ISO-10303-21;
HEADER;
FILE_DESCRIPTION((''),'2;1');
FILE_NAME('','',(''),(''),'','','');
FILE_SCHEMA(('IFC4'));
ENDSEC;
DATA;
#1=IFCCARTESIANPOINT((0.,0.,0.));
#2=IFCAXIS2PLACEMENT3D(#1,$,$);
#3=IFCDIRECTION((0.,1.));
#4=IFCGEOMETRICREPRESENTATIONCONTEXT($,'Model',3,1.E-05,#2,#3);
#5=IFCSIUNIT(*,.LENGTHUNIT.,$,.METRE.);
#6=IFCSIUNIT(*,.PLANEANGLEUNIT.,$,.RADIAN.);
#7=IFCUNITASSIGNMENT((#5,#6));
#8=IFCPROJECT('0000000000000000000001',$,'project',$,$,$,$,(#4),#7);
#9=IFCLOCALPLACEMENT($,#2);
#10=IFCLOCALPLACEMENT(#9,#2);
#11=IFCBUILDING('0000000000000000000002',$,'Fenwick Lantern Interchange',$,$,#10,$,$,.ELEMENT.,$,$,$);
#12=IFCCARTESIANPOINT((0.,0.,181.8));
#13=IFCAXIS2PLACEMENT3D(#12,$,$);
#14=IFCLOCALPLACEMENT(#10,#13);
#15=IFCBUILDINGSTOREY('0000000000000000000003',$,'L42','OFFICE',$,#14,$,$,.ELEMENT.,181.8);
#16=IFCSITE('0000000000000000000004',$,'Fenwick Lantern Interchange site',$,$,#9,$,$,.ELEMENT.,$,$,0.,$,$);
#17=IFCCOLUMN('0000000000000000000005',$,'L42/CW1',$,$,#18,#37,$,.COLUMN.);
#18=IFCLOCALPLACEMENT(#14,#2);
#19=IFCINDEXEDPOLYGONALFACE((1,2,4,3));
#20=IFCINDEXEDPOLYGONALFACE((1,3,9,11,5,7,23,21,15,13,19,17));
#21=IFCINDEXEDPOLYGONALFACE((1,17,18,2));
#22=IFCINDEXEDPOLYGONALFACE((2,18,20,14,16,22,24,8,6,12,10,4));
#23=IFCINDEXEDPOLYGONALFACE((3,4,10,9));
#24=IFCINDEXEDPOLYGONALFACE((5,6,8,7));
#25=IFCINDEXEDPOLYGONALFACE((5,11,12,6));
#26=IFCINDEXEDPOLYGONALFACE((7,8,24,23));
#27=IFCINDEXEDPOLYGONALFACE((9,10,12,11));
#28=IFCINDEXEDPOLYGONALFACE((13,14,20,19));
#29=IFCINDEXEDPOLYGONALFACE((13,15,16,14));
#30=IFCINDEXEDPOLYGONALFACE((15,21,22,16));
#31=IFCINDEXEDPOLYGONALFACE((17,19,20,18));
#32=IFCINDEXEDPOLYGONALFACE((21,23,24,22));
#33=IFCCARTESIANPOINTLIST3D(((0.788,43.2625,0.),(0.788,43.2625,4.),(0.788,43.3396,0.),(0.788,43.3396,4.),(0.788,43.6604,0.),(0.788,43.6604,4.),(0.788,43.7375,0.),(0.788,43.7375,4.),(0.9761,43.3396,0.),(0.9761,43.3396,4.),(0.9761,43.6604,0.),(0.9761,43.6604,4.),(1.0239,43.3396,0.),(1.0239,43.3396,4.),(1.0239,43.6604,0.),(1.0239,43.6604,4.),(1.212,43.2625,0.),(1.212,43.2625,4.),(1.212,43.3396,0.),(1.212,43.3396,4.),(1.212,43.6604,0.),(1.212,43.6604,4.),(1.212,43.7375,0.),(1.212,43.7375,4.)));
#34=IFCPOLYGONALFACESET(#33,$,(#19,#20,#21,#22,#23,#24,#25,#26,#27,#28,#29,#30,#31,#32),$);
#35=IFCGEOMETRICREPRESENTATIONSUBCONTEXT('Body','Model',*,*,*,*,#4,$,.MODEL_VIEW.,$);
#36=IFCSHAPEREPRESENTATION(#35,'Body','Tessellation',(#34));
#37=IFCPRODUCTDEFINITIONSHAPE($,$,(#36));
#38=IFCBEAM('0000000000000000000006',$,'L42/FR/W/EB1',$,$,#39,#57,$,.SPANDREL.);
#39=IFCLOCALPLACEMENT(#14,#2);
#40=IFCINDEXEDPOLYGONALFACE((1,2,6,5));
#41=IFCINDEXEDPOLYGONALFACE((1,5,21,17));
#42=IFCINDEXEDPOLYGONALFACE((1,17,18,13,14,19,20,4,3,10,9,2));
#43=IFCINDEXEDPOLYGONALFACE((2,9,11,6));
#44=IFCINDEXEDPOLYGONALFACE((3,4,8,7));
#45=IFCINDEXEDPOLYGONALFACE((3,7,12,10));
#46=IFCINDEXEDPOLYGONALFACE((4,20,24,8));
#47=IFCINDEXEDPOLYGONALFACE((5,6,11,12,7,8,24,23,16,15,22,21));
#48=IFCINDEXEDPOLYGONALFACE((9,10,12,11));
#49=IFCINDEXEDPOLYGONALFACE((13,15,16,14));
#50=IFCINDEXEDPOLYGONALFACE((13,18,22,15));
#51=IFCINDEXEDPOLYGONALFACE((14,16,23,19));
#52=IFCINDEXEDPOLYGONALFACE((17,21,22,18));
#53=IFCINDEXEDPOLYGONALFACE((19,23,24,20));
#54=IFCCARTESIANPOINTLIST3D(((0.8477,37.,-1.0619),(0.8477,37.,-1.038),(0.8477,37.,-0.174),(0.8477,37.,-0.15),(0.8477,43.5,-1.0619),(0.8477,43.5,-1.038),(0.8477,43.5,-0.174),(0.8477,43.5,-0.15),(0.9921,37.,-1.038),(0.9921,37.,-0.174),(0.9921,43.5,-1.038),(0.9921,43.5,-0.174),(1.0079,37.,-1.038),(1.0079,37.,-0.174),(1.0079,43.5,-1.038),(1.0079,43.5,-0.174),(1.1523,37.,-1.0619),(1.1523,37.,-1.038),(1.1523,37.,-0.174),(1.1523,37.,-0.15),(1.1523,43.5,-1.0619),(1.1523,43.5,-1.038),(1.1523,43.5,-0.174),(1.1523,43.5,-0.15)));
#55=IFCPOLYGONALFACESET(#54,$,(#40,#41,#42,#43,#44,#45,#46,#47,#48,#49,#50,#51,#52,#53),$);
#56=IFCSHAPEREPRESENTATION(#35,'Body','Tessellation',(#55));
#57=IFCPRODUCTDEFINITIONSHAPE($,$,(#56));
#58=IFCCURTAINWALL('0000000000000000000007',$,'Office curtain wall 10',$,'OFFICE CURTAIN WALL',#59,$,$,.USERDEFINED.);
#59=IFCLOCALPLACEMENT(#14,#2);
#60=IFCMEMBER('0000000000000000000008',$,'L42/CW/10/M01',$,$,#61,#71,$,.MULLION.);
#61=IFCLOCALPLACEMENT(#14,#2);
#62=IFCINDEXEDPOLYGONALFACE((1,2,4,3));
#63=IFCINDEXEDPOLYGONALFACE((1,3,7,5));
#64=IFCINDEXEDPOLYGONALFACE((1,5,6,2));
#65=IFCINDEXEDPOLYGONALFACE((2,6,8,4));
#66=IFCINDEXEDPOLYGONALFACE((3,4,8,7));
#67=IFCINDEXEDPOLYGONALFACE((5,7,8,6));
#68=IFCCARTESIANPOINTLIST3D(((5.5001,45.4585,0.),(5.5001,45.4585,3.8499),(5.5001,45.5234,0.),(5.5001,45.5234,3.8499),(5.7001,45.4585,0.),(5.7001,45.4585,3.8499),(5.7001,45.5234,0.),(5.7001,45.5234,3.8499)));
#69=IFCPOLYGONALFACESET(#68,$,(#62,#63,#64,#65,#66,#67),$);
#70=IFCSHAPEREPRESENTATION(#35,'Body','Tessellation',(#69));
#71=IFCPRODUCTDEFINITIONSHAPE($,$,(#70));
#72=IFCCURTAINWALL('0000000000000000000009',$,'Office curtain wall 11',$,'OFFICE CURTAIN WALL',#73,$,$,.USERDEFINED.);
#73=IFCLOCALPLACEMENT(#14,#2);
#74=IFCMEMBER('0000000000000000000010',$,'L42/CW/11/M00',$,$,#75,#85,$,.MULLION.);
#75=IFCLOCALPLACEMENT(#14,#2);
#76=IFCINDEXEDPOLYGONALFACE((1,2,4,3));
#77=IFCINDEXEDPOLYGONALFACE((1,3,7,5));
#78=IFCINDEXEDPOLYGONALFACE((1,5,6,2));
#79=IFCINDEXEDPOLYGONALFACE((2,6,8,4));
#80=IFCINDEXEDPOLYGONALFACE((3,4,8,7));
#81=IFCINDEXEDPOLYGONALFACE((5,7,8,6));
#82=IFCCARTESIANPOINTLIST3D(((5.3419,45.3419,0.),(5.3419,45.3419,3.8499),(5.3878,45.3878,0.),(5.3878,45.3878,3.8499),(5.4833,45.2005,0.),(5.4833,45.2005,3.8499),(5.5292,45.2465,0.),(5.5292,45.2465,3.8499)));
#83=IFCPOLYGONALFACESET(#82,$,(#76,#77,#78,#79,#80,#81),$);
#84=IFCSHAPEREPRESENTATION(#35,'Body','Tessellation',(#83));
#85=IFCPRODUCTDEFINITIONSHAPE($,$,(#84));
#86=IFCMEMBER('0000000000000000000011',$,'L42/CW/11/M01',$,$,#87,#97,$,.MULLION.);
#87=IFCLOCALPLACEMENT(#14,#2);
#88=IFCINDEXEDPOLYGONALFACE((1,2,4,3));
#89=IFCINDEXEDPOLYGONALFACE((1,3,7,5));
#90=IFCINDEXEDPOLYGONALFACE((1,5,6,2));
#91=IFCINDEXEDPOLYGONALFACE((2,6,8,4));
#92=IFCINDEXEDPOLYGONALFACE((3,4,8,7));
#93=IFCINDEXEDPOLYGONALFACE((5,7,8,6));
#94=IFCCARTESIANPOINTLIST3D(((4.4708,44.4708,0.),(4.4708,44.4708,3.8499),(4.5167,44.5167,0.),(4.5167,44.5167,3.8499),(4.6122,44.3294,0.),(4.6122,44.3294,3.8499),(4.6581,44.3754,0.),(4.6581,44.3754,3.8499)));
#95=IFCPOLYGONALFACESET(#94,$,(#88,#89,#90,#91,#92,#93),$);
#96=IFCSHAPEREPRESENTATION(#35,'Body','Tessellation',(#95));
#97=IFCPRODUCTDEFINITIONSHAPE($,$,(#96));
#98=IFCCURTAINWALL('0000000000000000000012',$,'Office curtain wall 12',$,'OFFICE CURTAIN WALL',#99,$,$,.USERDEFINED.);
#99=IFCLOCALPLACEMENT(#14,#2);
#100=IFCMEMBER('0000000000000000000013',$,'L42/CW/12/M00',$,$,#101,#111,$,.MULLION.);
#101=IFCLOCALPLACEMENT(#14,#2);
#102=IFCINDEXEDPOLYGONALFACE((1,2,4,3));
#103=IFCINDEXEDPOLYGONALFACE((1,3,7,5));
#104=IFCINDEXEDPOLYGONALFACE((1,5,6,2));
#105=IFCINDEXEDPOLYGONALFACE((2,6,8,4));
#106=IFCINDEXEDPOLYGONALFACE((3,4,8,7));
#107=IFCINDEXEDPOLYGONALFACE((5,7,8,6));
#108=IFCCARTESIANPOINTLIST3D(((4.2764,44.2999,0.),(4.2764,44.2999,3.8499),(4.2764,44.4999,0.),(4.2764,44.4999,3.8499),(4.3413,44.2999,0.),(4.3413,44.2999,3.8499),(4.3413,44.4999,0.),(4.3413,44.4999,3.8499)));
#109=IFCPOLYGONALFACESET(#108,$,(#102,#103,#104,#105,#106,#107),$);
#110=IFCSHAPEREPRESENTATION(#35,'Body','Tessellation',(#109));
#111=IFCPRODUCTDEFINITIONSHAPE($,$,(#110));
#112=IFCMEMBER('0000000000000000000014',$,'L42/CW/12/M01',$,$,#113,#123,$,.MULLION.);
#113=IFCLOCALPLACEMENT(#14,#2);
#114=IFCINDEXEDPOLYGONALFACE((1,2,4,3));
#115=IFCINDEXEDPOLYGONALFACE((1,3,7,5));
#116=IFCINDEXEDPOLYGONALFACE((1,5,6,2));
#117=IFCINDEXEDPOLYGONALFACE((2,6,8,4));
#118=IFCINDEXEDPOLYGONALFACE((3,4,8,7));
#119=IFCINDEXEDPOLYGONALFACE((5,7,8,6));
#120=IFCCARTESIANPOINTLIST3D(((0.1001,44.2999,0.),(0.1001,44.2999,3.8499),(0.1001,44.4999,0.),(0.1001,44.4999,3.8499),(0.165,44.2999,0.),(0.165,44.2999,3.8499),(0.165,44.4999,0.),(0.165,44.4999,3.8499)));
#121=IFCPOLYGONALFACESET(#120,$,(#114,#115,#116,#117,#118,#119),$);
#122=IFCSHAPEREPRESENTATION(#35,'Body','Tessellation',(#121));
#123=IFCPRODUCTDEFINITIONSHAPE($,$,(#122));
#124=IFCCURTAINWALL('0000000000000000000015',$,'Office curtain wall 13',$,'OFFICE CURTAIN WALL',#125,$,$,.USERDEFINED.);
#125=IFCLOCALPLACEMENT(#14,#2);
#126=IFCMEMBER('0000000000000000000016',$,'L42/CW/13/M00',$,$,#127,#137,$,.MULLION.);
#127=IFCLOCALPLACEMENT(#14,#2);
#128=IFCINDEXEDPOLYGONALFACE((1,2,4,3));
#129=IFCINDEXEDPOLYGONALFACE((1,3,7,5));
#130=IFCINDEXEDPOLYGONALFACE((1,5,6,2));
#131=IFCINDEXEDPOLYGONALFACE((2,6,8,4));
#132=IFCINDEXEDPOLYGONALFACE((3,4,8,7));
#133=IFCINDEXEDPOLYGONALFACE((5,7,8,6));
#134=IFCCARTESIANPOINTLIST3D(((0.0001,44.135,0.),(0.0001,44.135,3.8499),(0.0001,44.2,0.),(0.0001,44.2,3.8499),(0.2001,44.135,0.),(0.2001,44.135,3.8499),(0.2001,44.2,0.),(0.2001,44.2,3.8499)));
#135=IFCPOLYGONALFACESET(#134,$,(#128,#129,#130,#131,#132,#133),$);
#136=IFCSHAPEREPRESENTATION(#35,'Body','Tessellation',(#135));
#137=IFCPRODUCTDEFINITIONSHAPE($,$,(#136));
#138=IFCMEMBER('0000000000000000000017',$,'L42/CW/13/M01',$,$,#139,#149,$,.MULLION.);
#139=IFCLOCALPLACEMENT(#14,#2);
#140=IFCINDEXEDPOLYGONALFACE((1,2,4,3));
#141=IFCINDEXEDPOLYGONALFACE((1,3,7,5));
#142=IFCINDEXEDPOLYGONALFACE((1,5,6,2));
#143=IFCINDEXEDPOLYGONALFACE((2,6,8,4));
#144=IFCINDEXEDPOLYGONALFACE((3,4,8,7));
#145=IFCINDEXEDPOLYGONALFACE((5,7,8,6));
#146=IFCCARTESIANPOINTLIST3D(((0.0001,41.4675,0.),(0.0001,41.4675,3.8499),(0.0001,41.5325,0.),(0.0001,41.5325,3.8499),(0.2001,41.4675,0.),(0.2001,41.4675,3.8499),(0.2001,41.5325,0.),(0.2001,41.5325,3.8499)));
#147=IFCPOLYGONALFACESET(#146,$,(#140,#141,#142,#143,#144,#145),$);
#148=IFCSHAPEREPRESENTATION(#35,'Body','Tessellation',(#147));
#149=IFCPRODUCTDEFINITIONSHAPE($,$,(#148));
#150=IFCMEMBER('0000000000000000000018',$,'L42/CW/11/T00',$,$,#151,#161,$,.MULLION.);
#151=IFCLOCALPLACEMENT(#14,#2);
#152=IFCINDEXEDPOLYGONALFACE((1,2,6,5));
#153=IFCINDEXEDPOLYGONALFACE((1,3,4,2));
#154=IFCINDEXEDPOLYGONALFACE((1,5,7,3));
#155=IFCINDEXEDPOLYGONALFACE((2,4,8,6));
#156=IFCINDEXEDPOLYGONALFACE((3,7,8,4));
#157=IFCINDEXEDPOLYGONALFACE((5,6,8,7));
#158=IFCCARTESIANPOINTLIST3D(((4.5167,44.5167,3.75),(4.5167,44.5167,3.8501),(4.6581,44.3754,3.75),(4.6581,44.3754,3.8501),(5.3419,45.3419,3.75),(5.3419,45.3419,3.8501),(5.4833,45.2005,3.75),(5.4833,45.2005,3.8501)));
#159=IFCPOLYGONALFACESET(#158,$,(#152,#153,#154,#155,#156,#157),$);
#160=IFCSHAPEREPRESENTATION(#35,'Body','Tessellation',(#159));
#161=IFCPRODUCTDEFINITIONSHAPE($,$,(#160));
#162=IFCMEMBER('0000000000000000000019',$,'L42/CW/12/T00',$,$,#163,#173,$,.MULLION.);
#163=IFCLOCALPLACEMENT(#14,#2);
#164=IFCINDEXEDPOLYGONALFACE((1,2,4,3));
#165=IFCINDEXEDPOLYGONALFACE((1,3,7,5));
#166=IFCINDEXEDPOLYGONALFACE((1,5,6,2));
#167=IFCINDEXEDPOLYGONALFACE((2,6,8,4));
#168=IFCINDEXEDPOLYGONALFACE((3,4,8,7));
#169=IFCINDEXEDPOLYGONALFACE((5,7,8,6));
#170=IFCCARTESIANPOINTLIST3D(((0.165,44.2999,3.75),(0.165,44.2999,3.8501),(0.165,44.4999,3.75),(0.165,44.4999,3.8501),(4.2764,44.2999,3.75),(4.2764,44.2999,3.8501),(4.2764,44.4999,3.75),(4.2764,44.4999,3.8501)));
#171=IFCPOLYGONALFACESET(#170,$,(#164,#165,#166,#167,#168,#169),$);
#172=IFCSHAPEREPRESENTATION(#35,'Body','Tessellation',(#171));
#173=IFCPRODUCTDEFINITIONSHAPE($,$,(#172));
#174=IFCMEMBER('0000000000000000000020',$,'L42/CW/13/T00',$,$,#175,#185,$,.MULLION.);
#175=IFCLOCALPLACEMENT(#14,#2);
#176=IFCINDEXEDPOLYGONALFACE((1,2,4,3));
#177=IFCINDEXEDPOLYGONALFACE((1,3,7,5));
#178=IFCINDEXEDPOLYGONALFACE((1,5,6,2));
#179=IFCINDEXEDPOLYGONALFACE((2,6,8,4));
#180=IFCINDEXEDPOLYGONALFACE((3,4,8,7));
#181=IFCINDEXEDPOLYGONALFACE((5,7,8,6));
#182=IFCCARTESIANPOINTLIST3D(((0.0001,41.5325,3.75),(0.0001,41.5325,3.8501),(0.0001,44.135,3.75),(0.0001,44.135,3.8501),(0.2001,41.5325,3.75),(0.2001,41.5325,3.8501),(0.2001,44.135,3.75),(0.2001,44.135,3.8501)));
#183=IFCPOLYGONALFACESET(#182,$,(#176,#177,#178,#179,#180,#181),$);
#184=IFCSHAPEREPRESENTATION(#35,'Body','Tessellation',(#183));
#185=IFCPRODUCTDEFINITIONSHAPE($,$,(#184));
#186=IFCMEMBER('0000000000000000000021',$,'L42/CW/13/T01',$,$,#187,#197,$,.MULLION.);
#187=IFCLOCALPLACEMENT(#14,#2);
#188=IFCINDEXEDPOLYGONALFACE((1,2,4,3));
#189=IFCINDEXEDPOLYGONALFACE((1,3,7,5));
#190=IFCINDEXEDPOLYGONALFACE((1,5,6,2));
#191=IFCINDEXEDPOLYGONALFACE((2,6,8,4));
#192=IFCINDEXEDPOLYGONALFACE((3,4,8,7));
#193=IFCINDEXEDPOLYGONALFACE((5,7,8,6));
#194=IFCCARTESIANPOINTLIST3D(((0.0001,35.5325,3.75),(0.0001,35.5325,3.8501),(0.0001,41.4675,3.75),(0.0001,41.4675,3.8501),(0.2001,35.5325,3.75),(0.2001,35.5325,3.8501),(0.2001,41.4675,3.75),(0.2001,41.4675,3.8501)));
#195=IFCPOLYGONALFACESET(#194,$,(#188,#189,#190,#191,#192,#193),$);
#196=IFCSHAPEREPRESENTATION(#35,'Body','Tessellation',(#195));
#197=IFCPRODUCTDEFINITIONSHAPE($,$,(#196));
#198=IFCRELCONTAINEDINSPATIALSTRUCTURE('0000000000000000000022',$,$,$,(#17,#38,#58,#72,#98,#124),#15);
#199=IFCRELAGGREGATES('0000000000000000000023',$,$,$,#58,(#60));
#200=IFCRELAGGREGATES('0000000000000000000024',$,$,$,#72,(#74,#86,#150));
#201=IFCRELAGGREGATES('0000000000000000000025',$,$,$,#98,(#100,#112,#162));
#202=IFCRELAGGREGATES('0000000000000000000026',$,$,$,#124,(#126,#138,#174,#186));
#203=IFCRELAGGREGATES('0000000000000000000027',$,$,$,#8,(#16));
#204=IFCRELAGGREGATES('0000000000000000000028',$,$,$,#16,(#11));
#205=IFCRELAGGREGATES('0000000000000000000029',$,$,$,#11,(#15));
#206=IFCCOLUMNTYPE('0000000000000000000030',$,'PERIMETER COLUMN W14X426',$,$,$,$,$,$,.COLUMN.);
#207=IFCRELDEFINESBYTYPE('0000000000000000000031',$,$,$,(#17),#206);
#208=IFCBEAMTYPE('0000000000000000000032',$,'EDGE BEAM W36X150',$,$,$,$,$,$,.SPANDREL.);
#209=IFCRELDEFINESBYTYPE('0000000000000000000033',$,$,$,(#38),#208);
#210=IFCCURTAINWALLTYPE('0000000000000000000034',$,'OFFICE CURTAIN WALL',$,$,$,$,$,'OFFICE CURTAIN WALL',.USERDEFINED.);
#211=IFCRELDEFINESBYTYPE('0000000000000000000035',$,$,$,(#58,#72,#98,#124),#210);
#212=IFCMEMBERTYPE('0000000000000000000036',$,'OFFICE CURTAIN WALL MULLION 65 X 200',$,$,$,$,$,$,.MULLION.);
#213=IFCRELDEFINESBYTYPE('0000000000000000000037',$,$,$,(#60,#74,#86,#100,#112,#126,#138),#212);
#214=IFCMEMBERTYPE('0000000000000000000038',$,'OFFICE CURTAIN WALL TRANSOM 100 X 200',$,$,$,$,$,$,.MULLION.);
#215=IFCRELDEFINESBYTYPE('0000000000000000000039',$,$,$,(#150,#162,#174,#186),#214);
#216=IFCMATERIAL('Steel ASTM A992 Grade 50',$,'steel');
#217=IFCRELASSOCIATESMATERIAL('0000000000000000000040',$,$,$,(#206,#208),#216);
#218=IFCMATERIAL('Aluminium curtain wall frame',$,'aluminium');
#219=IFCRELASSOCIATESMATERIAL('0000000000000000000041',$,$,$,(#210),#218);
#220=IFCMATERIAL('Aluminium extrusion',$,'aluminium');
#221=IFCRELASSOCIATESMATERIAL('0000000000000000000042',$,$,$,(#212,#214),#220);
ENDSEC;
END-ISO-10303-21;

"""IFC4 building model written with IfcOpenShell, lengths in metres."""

from ifc_helpers import new_model, si_unit, direction, frame, origin, origin_2d, place, context, subcontext, project, spatial, rectangle, i_section, extrude, material, material_profile, profile_set, type_object, element, aggregate, save


model = new_model("IFC4")

# Units and contexts
model_context = context("Model", 3, precision=1e-05, world=origin(), true_north=direction((0.0, 1.0)))
body_context = subcontext(model_context, "Body", "Model", "MODEL_VIEW")
ifc_project = project(units=[si_unit("LENGTHUNIT", "METRE"), si_unit("PLANEANGLEUNIT", "RADIAN")], contexts=[model_context])

# Site, building, storey
site_placement = place(None, origin())
site = spatial("IfcSite", under=ifc_project, at=site_placement, Name="Fenwick Lantern Interchange site", CompositionType="ELEMENT", RefElevation=0.0)
building_placement = place(site_placement, origin())
building = spatial("IfcBuilding", under=site, at=building_placement, Name="Fenwick Lantern Interchange", CompositionType="ELEMENT")
storey_placement = place(building_placement, frame((0.0, 0.0, 181.8)))
storey = spatial("IfcBuildingStorey", under=building, at=storey_placement, Name="L42", Description="OFFICE", CompositionType="ELEMENT", Elevation=181.8)

# Column
ifc_material_1 = material(Name="Steel ASTM A992 Grade 50", Category="steel")
ifc_material_profile_1 = material_profile(ifc_material_1, i_section(OverallWidth=0.4241, OverallDepth=0.4751, WebThickness=0.0479, FlangeThickness=0.0771, at=origin_2d()), Name="W14X426")
ifc_profile_set_1 = profile_set([ifc_material_profile_1], Name="Steel ASTM A992 Grade 50")
column_type = type_object("IfcColumnType", Name="PERIMETER COLUMN W14X426", PredefinedType="COLUMN", material=ifc_profile_set_1)
column_placement = place(storey_placement, frame((1.0, 43.5, 0.0), z_axis=(0.0, 0.0, 1.0), x_axis=(1.0, 0.0, 0.0)))
element("IfcColumn", 1, at=column_placement, inside=storey, type_object=column_type, Name="L42/CW1", PredefinedType="COLUMN", context=body_context, shape_type="SweptSolid", body=[
    extrude(i_section(OverallWidth=0.4241, OverallDepth=0.4751, WebThickness=0.0479, FlangeThickness=0.0771, at=origin_2d()), origin(), (0.0, 0.0, 1.0), 4.0),
])

# Beam
ifc_material_profile_2 = material_profile(ifc_material_1, i_section(OverallWidth=0.3047, OverallDepth=0.9119, WebThickness=0.0159, FlangeThickness=0.0239, at=origin_2d()), Name="W36X150")
ifc_profile_set_2 = profile_set([ifc_material_profile_2], Name="Steel ASTM A992 Grade 50")
beam_type = type_object("IfcBeamType", Name="EDGE BEAM W36X150", PredefinedType="SPANDREL", material=ifc_profile_set_2)
beam_placement = place(storey_placement, frame((1.0, 43.5, -0.606), z_axis=(0.0, -1.0, 0.0), x_axis=(1.0, 0.0, 0.0)))
element("IfcBeam", 2, at=beam_placement, inside=storey, type_object=beam_type, Name="L42/FR/W/EB1", PredefinedType="SPANDREL", context=body_context, shape_type="SweptSolid", body=[
    extrude(i_section(OverallWidth=0.3047, OverallDepth=0.9119, WebThickness=0.0159, FlangeThickness=0.0239, at=origin_2d()), origin(), (0.0, 0.0, 1.0), 6.5),
])

# Curtain wall, member
ifc_material_2 = material(Name="Aluminium curtain wall frame", Category="aluminium")
curtain_wall_type = type_object("IfcCurtainWallType", Name="OFFICE CURTAIN WALL", ElementType="OFFICE CURTAIN WALL", PredefinedType="USERDEFINED", material=ifc_material_2)
curtain_wall_1_placement = place(storey_placement, origin())
curtain_wall_1 = element("IfcCurtainWall", 3, at=curtain_wall_1_placement, inside=storey, type_object=curtain_wall_type, Name="Office curtain wall 10", ObjectType="OFFICE CURTAIN WALL", PredefinedType="USERDEFINED")
ifc_material_3 = material(Name="Aluminium extrusion", Category="aluminium")
ifc_material_profile_3 = material_profile(ifc_material_3, rectangle(XDim=0.2, YDim=0.0649, at=origin_2d()), Name="OFFICE CURTAIN WALL MULLION 65 X 200")
ifc_profile_set_3 = profile_set([ifc_material_profile_3], Name="Aluminium extrusion")
member_type_1 = type_object("IfcMemberType", Name="OFFICE CURTAIN WALL MULLION 65 X 200", PredefinedType="MULLION", material=ifc_profile_set_3)
member_1_placement = place(storey_placement, frame((5.6001, 45.491, 0.0), z_axis=(0.0, 0.0, 1.0), x_axis=(1.0, 0.0, 0.0)))
member_1 = element("IfcMember", 4, at=member_1_placement, type_object=member_type_1, Name="L42/CW/10/M01", PredefinedType="MULLION", context=body_context, shape_type="SweptSolid", body=[
    extrude(rectangle(XDim=0.2, YDim=0.0649, at=origin_2d()), origin(), (0.0, 0.0, 1.0), 3.8499),
])
aggregate(curtain_wall_1, [member_1])

# Curtain walls, members
curtain_wall_2_placement = place(storey_placement, origin())
curtain_wall_2 = element("IfcCurtainWall", 5, at=curtain_wall_2_placement, inside=storey, type_object=curtain_wall_type, Name="Office curtain wall 11", ObjectType="OFFICE CURTAIN WALL", PredefinedType="USERDEFINED")
member_2_placement = place(storey_placement, frame((5.4355, 45.2942, 0.0), z_axis=(0.0, 0.0, 1.0), x_axis=(0.707107, -0.707107, 0.0)))
member_2 = element("IfcMember", 6, at=member_2_placement, type_object=member_type_1, Name="L42/CW/11/M00", PredefinedType="MULLION", context=body_context, shape_type="SweptSolid", body=[
    extrude(rectangle(XDim=0.2, YDim=0.0649, at=origin_2d()), origin(), (0.0, 0.0, 1.0), 3.8499),
])
member_3_placement = place(storey_placement, frame((4.5645, 44.4231, 0.0), z_axis=(0.0, 0.0, 1.0), x_axis=(0.707107, -0.707107, 0.0)))
member_3 = element("IfcMember", 7, at=member_3_placement, type_object=member_type_1, Name="L42/CW/11/M01", PredefinedType="MULLION", context=body_context, shape_type="SweptSolid", body=[
    extrude(rectangle(XDim=0.2, YDim=0.0649, at=origin_2d()), origin(), (0.0, 0.0, 1.0), 3.8499),
])
curtain_wall_3_placement = place(storey_placement, origin())
curtain_wall_3 = element("IfcCurtainWall", 8, at=curtain_wall_3_placement, inside=storey, type_object=curtain_wall_type, Name="Office curtain wall 12", ObjectType="OFFICE CURTAIN WALL", PredefinedType="USERDEFINED")
member_4_placement = place(storey_placement, frame((4.3088, 44.3999, 0.0), z_axis=(0.0, 0.0, 1.0), x_axis=(0.0, -1.0, 0.0)))
member_4 = element("IfcMember", 9, at=member_4_placement, type_object=member_type_1, Name="L42/CW/12/M00", PredefinedType="MULLION", context=body_context, shape_type="SweptSolid", body=[
    extrude(rectangle(XDim=0.2, YDim=0.0649, at=origin_2d()), origin(), (0.0, 0.0, 1.0), 3.8499),
])
member_5_placement = place(storey_placement, frame((0.1326, 44.3999, 0.0), z_axis=(0.0, 0.0, 1.0), x_axis=(0.0, -1.0, 0.0)))
member_5 = element("IfcMember", 10, at=member_5_placement, type_object=member_type_1, Name="L42/CW/12/M01", PredefinedType="MULLION", context=body_context, shape_type="SweptSolid", body=[
    extrude(rectangle(XDim=0.2, YDim=0.0649, at=origin_2d()), origin(), (0.0, 0.0, 1.0), 3.8499),
])
curtain_wall_4_placement = place(storey_placement, origin())
curtain_wall_4 = element("IfcCurtainWall", 11, at=curtain_wall_4_placement, inside=storey, type_object=curtain_wall_type, Name="Office curtain wall 13", ObjectType="OFFICE CURTAIN WALL", PredefinedType="USERDEFINED")
member_6_placement = place(storey_placement, frame((0.1001, 44.1675, 0.0), z_axis=(0.0, 0.0, 1.0), x_axis=(1.0, 0.0, 0.0)))
member_6 = element("IfcMember", 12, at=member_6_placement, type_object=member_type_1, Name="L42/CW/13/M00", PredefinedType="MULLION", context=body_context, shape_type="SweptSolid", body=[
    extrude(rectangle(XDim=0.2, YDim=0.0649, at=origin_2d()), origin(), (0.0, 0.0, 1.0), 3.8499),
])
member_7_placement = place(storey_placement, frame((0.1001, 41.5, 0.0), z_axis=(0.0, 0.0, 1.0), x_axis=(1.0, 0.0, 0.0)))
member_7 = element("IfcMember", 13, at=member_7_placement, type_object=member_type_1, Name="L42/CW/13/M01", PredefinedType="MULLION", context=body_context, shape_type="SweptSolid", body=[
    extrude(rectangle(XDim=0.2, YDim=0.0649, at=origin_2d()), origin(), (0.0, 0.0, 1.0), 3.8499),
])

# Members
ifc_material_profile_4 = material_profile(ifc_material_3, rectangle(XDim=0.2, YDim=0.1001, at=origin_2d()), Name="OFFICE CURTAIN WALL TRANSOM 100 X 200")
ifc_profile_set_4 = profile_set([ifc_material_profile_4], Name="Aluminium extrusion")
member_type_2 = type_object("IfcMemberType", Name="OFFICE CURTAIN WALL TRANSOM 100 X 200", PredefinedType="MULLION", material=ifc_profile_set_4)
member_8_placement = place(storey_placement, frame((5.4126, 45.2712, 3.8), z_axis=(-0.707107, -0.707107, 0.0), x_axis=(0.707107, -0.707107, 0.0)))
member_8 = element("IfcMember", 14, at=member_8_placement, type_object=member_type_2, Name="L42/CW/11/T00", PredefinedType="MULLION", context=body_context, shape_type="SweptSolid", body=[
    extrude(rectangle(XDim=0.2, YDim=0.1001, at=origin_2d()), origin(), (0.0, 0.0, 1.0), 1.167),
])
member_9_placement = place(storey_placement, frame((4.2764, 44.3999, 3.8), z_axis=(-1.0, 0.0, 0.0), x_axis=(0.0, -1.0, 0.0)))
member_9 = element("IfcMember", 15, at=member_9_placement, type_object=member_type_2, Name="L42/CW/12/T00", PredefinedType="MULLION", context=body_context, shape_type="SweptSolid", body=[
    extrude(rectangle(XDim=0.2, YDim=0.1001, at=origin_2d()), origin(), (0.0, 0.0, 1.0), 4.1113),
])
member_10_placement = place(storey_placement, frame((0.1001, 44.135, 3.8), z_axis=(0.0, -1.0, 0.0), x_axis=(1.0, 0.0, 0.0)))
member_10 = element("IfcMember", 16, at=member_10_placement, type_object=member_type_2, Name="L42/CW/13/T00", PredefinedType="MULLION", context=body_context, shape_type="SweptSolid", body=[
    extrude(rectangle(XDim=0.2, YDim=0.1001, at=origin_2d()), origin(), (0.0, 0.0, 1.0), 2.6025),
])
member_11_placement = place(storey_placement, frame((0.1001, 41.4675, 3.8), z_axis=(0.0, -1.0, 0.0), x_axis=(1.0, 0.0, 0.0)))
member_11 = element("IfcMember", 17, at=member_11_placement, type_object=member_type_2, Name="L42/CW/13/T01", PredefinedType="MULLION", context=body_context, shape_type="SweptSolid", body=[
    extrude(rectangle(XDim=0.2, YDim=0.1001, at=origin_2d()), origin(), (0.0, 0.0, 1.0), 5.9351),
])

aggregate(curtain_wall_2, [member_2, member_3, member_8])
aggregate(curtain_wall_3, [member_4, member_5, member_9])
aggregate(curtain_wall_4, [member_6, member_7, member_10, member_11])

save(model, "model.ifc")
